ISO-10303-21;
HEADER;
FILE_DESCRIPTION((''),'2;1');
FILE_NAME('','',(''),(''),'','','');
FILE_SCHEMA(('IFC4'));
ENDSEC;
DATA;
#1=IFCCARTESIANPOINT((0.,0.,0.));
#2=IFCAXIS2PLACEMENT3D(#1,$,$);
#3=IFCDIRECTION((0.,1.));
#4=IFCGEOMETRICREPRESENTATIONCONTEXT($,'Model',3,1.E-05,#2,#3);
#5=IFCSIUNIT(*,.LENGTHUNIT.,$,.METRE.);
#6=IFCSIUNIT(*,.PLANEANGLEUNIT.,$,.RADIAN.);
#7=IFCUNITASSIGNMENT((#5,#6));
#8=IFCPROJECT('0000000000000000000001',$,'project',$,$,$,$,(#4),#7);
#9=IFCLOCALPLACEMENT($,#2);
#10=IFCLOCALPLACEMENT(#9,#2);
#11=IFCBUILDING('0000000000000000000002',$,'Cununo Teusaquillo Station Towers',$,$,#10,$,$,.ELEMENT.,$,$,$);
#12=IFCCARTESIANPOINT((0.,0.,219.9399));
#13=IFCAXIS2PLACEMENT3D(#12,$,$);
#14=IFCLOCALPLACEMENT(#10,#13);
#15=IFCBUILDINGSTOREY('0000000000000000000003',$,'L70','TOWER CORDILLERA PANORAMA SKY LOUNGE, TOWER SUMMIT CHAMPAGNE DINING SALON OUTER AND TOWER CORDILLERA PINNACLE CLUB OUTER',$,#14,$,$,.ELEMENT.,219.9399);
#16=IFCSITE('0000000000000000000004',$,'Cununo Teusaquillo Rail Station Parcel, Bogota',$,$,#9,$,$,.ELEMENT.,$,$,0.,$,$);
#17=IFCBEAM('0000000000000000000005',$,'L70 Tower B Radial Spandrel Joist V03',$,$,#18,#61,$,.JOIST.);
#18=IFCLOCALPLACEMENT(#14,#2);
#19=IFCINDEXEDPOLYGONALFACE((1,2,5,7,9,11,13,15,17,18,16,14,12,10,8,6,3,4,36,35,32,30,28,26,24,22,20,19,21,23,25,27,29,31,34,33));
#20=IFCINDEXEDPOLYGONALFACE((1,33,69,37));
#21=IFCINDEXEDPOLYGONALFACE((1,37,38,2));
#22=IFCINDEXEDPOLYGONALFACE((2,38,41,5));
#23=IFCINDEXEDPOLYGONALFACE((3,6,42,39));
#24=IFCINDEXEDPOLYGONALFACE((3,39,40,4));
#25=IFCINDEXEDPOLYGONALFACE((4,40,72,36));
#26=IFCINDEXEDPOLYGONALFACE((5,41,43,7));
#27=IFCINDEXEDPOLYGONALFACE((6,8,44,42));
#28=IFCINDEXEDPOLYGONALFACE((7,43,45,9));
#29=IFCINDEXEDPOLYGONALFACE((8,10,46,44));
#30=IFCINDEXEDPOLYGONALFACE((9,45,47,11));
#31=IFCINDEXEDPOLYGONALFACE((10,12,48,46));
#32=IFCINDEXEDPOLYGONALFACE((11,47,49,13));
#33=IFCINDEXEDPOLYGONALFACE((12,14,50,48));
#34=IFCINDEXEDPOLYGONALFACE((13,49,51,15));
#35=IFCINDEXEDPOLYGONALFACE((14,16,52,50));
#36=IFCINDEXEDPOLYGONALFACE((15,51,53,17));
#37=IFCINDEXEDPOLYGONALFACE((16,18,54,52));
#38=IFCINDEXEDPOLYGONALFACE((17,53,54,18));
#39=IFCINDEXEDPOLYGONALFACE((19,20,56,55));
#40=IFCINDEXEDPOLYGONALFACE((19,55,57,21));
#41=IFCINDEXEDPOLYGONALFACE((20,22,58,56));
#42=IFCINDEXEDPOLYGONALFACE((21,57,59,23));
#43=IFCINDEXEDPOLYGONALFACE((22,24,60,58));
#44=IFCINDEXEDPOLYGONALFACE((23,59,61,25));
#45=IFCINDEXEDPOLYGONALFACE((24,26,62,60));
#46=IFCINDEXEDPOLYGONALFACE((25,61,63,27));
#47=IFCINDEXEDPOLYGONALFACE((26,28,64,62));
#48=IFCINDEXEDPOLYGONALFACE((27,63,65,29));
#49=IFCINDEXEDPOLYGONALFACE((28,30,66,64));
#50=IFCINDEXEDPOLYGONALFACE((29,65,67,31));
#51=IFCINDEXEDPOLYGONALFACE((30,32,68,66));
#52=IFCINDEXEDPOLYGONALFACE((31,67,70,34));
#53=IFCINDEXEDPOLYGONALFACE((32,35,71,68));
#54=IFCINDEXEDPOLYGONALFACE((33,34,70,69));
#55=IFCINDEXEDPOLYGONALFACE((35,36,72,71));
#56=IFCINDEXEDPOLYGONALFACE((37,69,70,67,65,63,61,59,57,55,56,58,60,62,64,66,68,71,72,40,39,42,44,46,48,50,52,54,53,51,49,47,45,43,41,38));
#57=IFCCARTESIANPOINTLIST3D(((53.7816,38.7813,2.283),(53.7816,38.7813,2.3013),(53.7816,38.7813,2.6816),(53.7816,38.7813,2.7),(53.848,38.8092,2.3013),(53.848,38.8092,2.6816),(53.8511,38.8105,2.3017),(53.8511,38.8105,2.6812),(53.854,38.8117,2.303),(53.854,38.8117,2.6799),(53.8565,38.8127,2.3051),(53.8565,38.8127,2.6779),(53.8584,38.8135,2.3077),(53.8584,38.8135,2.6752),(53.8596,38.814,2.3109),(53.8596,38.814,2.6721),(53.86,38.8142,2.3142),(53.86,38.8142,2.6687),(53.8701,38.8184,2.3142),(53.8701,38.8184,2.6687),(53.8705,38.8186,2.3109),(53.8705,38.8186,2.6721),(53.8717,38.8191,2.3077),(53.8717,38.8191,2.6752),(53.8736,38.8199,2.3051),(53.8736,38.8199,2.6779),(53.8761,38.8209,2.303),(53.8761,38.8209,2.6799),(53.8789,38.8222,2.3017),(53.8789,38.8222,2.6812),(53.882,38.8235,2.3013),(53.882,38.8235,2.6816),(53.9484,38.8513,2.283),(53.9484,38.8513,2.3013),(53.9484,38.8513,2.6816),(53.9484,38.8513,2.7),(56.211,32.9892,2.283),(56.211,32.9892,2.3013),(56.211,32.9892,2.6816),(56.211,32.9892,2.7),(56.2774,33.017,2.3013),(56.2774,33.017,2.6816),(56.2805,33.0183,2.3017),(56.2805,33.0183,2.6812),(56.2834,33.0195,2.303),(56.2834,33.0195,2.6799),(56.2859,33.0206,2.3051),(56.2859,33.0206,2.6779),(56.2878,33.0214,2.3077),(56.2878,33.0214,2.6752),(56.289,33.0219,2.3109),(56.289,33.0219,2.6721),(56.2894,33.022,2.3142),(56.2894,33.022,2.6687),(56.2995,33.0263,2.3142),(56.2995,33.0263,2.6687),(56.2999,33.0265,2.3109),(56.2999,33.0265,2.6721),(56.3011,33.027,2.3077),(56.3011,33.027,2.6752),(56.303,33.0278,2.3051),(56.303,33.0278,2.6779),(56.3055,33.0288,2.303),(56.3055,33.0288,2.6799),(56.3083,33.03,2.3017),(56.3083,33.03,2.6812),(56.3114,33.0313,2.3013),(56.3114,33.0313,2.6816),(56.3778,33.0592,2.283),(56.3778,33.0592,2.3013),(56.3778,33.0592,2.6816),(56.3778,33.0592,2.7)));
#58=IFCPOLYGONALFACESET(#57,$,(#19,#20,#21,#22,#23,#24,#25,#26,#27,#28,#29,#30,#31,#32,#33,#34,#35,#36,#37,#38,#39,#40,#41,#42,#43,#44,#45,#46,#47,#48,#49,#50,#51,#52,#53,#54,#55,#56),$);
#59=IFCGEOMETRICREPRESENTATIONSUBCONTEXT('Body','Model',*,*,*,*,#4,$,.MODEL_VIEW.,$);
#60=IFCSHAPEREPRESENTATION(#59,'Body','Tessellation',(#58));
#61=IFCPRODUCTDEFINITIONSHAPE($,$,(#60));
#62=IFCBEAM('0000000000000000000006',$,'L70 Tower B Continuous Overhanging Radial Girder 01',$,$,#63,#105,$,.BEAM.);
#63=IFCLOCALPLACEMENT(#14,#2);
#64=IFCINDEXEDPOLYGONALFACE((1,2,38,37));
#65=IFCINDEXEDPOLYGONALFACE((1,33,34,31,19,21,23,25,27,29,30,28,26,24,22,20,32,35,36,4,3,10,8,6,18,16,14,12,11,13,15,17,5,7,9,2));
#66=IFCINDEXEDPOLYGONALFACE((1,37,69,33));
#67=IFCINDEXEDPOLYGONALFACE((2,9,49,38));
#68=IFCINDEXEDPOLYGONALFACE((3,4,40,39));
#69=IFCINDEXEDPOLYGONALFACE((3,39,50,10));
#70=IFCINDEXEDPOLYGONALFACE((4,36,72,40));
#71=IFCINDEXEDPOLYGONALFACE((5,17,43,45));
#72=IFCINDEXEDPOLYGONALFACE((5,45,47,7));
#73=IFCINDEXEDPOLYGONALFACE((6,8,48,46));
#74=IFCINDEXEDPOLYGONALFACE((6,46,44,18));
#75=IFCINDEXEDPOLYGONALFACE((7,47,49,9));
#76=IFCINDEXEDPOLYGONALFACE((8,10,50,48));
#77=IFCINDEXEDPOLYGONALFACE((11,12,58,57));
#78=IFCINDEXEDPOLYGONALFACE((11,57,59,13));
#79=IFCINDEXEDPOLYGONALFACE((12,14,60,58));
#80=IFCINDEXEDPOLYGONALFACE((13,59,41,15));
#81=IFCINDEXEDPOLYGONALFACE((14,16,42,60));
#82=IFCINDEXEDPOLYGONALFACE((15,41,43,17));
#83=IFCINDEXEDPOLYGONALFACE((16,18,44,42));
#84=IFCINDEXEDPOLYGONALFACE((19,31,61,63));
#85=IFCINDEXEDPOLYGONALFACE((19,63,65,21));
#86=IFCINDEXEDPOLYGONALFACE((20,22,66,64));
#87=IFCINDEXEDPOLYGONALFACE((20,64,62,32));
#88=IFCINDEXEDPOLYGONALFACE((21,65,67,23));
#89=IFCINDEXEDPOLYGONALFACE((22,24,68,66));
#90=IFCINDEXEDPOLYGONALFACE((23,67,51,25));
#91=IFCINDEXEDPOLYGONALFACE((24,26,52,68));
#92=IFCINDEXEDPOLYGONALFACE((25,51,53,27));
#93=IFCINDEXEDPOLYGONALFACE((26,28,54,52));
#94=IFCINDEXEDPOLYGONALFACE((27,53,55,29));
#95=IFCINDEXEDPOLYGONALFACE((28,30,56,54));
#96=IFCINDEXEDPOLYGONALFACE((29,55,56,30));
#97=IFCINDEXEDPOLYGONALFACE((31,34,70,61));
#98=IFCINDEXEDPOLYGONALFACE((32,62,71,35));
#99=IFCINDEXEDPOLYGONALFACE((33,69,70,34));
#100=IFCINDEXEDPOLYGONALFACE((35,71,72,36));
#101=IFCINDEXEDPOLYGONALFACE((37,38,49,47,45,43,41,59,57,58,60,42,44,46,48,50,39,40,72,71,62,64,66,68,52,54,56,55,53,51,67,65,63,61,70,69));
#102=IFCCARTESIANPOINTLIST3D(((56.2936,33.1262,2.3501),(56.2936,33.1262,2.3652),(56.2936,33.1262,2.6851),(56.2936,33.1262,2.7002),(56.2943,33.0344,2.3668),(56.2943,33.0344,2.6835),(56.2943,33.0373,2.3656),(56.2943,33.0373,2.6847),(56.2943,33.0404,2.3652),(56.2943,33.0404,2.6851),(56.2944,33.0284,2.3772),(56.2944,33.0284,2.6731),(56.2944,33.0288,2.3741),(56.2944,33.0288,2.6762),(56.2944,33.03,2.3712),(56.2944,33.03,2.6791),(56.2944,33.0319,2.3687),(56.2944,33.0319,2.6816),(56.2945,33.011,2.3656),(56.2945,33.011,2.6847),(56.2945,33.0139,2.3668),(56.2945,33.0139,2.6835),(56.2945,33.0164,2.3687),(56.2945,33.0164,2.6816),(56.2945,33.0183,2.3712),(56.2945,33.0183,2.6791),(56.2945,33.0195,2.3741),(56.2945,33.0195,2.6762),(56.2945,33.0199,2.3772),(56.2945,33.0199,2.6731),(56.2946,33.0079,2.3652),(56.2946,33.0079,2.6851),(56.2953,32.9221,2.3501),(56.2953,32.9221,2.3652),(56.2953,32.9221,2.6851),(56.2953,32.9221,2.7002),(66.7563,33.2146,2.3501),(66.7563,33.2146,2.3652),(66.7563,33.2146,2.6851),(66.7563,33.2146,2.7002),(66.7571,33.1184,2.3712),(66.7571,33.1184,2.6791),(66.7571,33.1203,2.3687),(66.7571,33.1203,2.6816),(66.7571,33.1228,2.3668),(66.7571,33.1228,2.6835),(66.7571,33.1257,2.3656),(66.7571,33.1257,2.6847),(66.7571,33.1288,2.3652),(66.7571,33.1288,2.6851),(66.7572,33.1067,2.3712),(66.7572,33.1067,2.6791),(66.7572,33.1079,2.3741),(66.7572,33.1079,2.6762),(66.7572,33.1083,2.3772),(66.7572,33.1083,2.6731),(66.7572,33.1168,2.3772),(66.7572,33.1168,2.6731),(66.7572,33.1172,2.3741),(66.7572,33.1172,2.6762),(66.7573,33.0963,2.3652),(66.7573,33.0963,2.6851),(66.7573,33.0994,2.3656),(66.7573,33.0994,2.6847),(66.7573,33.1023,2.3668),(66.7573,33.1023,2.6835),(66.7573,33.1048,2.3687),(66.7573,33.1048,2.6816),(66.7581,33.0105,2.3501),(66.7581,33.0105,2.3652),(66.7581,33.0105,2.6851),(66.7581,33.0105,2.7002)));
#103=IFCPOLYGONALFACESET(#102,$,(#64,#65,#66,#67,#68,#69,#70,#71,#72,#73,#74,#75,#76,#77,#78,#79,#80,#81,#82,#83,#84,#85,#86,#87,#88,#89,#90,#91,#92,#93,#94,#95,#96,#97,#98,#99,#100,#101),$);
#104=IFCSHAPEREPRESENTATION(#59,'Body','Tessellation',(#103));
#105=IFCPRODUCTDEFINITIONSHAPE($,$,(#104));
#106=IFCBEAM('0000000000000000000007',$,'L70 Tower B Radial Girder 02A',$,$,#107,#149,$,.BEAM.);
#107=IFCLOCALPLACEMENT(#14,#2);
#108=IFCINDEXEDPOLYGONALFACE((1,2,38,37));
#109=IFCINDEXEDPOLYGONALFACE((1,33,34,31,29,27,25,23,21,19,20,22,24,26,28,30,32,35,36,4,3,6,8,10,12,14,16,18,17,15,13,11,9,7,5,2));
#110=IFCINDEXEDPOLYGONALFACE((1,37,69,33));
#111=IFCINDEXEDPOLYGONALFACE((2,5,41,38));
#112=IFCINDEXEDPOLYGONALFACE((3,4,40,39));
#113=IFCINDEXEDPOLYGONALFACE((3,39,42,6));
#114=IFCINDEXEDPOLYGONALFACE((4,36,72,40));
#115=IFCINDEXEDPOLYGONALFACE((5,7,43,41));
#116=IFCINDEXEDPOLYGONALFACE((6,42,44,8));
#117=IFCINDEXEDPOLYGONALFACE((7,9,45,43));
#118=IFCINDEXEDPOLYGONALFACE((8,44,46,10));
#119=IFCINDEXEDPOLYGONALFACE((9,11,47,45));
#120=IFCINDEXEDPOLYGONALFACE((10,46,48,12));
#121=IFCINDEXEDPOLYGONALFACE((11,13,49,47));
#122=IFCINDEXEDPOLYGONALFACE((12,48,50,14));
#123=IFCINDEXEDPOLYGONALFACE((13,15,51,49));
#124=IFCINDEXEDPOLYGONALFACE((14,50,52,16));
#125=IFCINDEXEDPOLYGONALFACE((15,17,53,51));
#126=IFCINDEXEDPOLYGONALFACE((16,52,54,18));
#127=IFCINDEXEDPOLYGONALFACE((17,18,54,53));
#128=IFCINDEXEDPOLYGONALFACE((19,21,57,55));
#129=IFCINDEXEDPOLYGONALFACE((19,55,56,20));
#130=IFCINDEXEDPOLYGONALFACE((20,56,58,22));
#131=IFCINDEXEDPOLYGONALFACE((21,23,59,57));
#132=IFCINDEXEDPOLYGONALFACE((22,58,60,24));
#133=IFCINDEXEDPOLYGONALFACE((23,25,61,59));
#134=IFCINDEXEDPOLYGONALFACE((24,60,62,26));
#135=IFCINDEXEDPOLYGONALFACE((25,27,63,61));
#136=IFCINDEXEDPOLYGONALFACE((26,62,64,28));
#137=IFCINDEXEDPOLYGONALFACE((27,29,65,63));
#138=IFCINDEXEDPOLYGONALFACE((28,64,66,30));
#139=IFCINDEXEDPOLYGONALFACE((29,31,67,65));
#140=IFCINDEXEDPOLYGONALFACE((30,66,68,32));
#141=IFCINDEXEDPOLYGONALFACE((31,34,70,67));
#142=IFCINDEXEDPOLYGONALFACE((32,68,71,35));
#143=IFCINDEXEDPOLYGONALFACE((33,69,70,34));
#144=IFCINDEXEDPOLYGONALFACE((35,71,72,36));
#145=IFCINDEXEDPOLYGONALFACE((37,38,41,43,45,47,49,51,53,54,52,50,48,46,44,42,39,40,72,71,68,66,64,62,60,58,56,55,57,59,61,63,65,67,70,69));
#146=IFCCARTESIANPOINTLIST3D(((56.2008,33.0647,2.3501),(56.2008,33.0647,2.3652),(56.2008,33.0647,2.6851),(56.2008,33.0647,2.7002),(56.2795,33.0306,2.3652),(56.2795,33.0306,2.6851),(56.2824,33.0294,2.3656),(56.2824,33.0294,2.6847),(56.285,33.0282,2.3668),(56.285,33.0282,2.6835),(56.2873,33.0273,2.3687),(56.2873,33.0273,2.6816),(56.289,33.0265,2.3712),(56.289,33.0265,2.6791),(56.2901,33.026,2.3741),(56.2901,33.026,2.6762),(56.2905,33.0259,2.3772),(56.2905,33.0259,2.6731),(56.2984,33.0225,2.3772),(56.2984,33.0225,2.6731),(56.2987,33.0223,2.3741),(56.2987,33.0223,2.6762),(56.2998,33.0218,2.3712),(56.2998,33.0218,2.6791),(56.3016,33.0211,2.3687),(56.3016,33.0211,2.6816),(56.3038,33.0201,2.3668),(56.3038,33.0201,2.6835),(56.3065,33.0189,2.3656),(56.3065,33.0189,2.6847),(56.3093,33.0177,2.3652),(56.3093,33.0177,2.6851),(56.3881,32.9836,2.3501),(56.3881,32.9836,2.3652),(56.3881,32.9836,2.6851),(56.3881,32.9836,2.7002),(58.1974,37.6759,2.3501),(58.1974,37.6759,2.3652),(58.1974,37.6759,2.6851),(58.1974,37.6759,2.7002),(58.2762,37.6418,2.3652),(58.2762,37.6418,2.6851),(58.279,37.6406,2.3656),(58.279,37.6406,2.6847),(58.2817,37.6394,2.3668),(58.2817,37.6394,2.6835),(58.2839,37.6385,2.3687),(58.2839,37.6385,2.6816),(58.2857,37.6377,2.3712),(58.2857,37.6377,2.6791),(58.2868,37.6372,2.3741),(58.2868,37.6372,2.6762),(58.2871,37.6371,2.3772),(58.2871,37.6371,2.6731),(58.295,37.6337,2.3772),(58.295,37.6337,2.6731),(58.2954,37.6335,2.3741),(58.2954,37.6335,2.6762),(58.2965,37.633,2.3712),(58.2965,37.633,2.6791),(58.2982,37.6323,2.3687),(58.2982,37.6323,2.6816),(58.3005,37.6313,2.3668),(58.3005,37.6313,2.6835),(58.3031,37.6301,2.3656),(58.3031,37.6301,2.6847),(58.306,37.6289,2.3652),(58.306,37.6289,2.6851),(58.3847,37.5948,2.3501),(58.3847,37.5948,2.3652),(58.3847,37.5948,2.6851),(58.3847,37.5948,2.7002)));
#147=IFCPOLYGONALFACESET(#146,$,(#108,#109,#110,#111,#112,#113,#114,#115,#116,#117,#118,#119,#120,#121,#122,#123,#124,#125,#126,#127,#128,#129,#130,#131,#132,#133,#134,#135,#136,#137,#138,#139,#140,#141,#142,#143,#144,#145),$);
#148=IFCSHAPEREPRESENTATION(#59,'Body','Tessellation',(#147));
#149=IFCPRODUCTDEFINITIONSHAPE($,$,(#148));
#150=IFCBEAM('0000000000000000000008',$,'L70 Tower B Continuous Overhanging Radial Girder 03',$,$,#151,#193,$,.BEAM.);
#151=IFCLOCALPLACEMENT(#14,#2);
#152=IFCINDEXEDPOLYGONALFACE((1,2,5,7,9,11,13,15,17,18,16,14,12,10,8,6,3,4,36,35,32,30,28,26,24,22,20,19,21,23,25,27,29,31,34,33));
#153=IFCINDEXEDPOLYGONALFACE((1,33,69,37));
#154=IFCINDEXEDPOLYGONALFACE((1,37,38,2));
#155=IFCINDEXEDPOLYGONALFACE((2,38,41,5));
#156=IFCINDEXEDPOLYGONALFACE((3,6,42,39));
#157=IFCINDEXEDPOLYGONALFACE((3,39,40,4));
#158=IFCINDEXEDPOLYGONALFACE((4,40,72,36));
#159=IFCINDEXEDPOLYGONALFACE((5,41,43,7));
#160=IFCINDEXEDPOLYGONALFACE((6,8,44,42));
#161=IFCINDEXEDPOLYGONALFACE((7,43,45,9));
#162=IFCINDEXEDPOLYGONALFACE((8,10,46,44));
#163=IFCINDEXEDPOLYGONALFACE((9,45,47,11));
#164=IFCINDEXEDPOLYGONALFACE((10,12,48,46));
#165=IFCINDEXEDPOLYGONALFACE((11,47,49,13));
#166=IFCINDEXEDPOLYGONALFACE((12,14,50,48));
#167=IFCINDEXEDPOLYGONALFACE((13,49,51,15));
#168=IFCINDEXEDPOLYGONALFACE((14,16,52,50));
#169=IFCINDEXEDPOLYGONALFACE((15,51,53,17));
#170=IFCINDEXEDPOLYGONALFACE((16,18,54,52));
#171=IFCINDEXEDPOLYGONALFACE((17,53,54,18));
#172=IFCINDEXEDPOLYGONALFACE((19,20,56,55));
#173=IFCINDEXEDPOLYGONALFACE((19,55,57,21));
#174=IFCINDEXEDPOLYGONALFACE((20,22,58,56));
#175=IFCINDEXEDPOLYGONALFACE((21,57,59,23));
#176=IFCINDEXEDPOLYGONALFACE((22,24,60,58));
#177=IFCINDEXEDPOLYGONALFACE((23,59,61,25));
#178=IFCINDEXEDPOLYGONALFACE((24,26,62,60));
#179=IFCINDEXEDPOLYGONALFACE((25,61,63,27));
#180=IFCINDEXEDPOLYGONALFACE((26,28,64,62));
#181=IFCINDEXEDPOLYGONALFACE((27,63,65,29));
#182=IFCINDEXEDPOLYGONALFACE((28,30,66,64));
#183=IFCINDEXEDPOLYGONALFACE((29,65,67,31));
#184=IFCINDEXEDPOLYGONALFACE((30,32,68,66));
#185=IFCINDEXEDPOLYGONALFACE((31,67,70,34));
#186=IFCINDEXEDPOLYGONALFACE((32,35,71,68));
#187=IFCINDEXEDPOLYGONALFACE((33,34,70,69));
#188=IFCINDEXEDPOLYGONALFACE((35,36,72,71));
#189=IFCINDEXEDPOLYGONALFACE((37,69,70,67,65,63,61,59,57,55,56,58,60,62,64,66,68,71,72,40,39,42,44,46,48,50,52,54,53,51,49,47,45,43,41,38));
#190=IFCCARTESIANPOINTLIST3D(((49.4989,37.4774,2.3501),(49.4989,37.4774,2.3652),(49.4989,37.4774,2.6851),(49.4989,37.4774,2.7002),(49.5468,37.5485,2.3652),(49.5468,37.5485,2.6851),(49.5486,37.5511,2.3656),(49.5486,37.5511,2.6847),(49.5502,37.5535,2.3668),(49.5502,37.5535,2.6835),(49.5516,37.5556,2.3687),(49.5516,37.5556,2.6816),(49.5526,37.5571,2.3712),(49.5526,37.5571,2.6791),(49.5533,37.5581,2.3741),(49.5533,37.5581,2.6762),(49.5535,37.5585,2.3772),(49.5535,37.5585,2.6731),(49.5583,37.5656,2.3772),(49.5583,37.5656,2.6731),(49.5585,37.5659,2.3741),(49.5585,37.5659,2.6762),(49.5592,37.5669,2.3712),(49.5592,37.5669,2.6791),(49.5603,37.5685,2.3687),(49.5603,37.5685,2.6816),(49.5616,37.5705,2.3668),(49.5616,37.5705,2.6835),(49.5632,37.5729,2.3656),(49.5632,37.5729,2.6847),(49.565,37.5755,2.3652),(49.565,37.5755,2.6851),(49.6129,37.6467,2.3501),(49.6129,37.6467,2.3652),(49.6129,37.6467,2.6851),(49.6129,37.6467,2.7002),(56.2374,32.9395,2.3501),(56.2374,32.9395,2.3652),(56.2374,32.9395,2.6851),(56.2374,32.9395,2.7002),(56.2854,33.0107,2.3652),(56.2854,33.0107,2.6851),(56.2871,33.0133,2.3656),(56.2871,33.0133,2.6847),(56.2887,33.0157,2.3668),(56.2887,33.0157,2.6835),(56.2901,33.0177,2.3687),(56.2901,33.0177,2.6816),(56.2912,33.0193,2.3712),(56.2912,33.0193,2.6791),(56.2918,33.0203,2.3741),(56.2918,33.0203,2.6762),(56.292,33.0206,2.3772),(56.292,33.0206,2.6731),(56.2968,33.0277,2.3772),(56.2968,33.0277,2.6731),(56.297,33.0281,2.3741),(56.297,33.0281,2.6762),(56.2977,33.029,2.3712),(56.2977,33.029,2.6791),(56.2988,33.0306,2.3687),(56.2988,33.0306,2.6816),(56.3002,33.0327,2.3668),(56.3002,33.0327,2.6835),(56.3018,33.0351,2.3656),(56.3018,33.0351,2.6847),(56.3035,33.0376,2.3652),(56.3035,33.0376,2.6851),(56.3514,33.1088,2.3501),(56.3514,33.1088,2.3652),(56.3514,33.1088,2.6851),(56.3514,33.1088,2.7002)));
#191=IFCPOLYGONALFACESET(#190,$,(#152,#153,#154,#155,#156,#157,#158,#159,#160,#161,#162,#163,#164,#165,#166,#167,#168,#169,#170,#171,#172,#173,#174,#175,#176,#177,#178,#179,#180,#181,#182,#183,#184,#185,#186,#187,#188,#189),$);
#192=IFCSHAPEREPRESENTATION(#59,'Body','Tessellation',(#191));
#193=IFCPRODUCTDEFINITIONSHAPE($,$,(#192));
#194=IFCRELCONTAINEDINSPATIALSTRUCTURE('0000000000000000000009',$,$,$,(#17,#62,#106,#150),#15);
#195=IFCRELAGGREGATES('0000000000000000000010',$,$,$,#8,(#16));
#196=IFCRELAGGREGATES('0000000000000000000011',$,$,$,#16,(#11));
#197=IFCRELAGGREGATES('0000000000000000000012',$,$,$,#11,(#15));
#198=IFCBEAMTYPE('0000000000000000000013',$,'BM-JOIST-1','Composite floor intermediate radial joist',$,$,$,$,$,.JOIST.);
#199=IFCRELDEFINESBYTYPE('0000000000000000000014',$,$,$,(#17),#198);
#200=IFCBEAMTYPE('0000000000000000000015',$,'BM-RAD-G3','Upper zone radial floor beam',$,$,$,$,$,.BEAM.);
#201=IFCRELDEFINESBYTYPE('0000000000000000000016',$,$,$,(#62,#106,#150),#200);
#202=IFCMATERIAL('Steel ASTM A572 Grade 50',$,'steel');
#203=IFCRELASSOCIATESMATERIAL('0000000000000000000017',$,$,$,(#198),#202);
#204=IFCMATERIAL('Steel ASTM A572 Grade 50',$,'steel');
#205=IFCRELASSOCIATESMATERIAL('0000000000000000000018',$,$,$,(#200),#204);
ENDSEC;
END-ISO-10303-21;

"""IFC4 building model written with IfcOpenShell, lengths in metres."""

from ifc_helpers import new_model, si_unit, direction, frame, origin, origin_2d, place, context, subcontext, project, spatial, i_section, extrude, material, material_profile, profile_set, type_object, element, save


model = new_model("IFC4")

# Units and contexts
model_context = context("Model", 3, precision=1e-05, world=origin(), true_north=direction((0.0, 1.0)))
body_context = subcontext(model_context, "Body", "Model", "MODEL_VIEW")
ifc_project = project(units=[si_unit("LENGTHUNIT", "METRE"), si_unit("PLANEANGLEUNIT", "RADIAN")], contexts=[model_context])

# Site, building, storey
site_placement = place(None, origin())
site = spatial("IfcSite", under=ifc_project, at=site_placement, Name="Cununo Teusaquillo Rail Station Parcel, Bogota", CompositionType="ELEMENT", RefElevation=0.0)
building_placement = place(site_placement, origin())
building = spatial("IfcBuilding", under=site, at=building_placement, Name="Cununo Teusaquillo Station Towers", CompositionType="ELEMENT")
storey_placement = place(building_placement, frame((0.0, 0.0, 219.9399)))
storey = spatial("IfcBuildingStorey", under=building, at=storey_placement, Name="L70", Description="TOWER CORDILLERA PANORAMA SKY LOUNGE, TOWER SUMMIT CHAMPAGNE DINING SALON OUTER AND TOWER CORDILLERA PINNACLE CLUB OUTER", CompositionType="ELEMENT", Elevation=219.9399)

# Beams
ifc_material_1 = material(Name="Steel ASTM A572 Grade 50", Category="steel")
ifc_material_profile_1 = material_profile(ifc_material_1, i_section(OverallWidth=0.1809, OverallDepth=0.417, WebThickness=0.011, FlangeThickness=0.0183, FilletRadius=0.0129, at=origin_2d()), Name="W16X57")
ifc_profile_set_1 = profile_set([ifc_material_profile_1], Name="Steel ASTM A572 Grade 50")
beam_type_1 = type_object("IfcBeamType", Name="BM-JOIST-1", Description="Composite floor intermediate radial joist", PredefinedType="JOIST", material=ifc_profile_set_1)
beam_1_placement = place(storey_placement, frame((56.2944, 33.0242, 2.4915), z_axis=(-0.386786, 0.922169, 0.0), x_axis=(-0.922169, -0.386786, 0.0)))
element("IfcBeam", 1, at=beam_1_placement, inside=storey, type_object=beam_type_1, Name="L70 Tower B Radial Spandrel Joist V03", PredefinedType="JOIST", context=body_context, shape_type="SweptSolid", body=[
    extrude(i_section(OverallWidth=0.1809, OverallDepth=0.417, WebThickness=0.011, FlangeThickness=0.0183, FilletRadius=0.0129, at=origin_2d()), origin(), (0.0, 0.0, 1.0), 6.281),
])
ifc_material_2 = material(Name="Steel ASTM A572 Grade 50", Category="steel")
ifc_material_profile_2 = material_profile(ifc_material_2, i_section(OverallWidth=0.2041, OverallDepth=0.3501, WebThickness=0.0085, FlangeThickness=0.0151, FilletRadius=0.012, at=origin_2d()), Name="W14X48")
ifc_profile_set_2 = profile_set([ifc_material_profile_2], Name="Steel ASTM A572 Grade 50")
beam_type_2 = type_object("IfcBeamType", Name="BM-RAD-G3", Description="Upper zone radial floor beam", PredefinedType="BEAM", material=ifc_profile_set_2)
beam_2_placement = place(storey_placement, frame((56.2944, 33.0242, 2.5251), z_axis=(0.999964, 0.008447, 0.0), x_axis=(-0.008447, 0.999964, 0.0)))
element("IfcBeam", 2, at=beam_2_placement, inside=storey, type_object=beam_type_2, Name="L70 Tower B Continuous Overhanging Radial Girder 01", PredefinedType="BEAM", context=body_context, shape_type="SweptSolid", body=[
    extrude(i_section(OverallWidth=0.2041, OverallDepth=0.3501, WebThickness=0.0085, FlangeThickness=0.0151, FilletRadius=0.012, at=origin_2d()), origin(), (0.0, 0.0, 1.0), 10.4631),
])
beam_3_placement = place(storey_placement, frame((56.2944, 33.0242, 2.5251), z_axis=(0.397347, 0.917668, 0.0), x_axis=(-0.917668, 0.397347, 0.0)))
element("IfcBeam", 3, at=beam_3_placement, inside=storey, type_object=beam_type_2, Name="L70 Tower B Radial Girder 02A", PredefinedType="BEAM", context=body_context, shape_type="SweptSolid", body=[
    extrude(i_section(OverallWidth=0.2041, OverallDepth=0.3501, WebThickness=0.0085, FlangeThickness=0.0151, FilletRadius=0.012, at=origin_2d()), origin(), (0.0, 0.0, 1.0), 5.0249),
])
beam_4_placement = place(storey_placement, frame((56.2944, 33.0242, 2.5251), z_axis=(-0.829457, 0.558571, 0.0), x_axis=(-0.558571, -0.829457, 0.0)))
element("IfcBeam", 4, at=beam_4_placement, inside=storey, type_object=beam_type_2, Name="L70 Tower B Continuous Overhanging Radial Girder 03", PredefinedType="BEAM", context=body_context, shape_type="SweptSolid", body=[
    extrude(i_section(OverallWidth=0.2041, OverallDepth=0.3501, WebThickness=0.0085, FlangeThickness=0.0151, FilletRadius=0.012, at=origin_2d()), origin(), (0.0, 0.0, 1.0), 8.124),
])

save(model, "model.ifc")
